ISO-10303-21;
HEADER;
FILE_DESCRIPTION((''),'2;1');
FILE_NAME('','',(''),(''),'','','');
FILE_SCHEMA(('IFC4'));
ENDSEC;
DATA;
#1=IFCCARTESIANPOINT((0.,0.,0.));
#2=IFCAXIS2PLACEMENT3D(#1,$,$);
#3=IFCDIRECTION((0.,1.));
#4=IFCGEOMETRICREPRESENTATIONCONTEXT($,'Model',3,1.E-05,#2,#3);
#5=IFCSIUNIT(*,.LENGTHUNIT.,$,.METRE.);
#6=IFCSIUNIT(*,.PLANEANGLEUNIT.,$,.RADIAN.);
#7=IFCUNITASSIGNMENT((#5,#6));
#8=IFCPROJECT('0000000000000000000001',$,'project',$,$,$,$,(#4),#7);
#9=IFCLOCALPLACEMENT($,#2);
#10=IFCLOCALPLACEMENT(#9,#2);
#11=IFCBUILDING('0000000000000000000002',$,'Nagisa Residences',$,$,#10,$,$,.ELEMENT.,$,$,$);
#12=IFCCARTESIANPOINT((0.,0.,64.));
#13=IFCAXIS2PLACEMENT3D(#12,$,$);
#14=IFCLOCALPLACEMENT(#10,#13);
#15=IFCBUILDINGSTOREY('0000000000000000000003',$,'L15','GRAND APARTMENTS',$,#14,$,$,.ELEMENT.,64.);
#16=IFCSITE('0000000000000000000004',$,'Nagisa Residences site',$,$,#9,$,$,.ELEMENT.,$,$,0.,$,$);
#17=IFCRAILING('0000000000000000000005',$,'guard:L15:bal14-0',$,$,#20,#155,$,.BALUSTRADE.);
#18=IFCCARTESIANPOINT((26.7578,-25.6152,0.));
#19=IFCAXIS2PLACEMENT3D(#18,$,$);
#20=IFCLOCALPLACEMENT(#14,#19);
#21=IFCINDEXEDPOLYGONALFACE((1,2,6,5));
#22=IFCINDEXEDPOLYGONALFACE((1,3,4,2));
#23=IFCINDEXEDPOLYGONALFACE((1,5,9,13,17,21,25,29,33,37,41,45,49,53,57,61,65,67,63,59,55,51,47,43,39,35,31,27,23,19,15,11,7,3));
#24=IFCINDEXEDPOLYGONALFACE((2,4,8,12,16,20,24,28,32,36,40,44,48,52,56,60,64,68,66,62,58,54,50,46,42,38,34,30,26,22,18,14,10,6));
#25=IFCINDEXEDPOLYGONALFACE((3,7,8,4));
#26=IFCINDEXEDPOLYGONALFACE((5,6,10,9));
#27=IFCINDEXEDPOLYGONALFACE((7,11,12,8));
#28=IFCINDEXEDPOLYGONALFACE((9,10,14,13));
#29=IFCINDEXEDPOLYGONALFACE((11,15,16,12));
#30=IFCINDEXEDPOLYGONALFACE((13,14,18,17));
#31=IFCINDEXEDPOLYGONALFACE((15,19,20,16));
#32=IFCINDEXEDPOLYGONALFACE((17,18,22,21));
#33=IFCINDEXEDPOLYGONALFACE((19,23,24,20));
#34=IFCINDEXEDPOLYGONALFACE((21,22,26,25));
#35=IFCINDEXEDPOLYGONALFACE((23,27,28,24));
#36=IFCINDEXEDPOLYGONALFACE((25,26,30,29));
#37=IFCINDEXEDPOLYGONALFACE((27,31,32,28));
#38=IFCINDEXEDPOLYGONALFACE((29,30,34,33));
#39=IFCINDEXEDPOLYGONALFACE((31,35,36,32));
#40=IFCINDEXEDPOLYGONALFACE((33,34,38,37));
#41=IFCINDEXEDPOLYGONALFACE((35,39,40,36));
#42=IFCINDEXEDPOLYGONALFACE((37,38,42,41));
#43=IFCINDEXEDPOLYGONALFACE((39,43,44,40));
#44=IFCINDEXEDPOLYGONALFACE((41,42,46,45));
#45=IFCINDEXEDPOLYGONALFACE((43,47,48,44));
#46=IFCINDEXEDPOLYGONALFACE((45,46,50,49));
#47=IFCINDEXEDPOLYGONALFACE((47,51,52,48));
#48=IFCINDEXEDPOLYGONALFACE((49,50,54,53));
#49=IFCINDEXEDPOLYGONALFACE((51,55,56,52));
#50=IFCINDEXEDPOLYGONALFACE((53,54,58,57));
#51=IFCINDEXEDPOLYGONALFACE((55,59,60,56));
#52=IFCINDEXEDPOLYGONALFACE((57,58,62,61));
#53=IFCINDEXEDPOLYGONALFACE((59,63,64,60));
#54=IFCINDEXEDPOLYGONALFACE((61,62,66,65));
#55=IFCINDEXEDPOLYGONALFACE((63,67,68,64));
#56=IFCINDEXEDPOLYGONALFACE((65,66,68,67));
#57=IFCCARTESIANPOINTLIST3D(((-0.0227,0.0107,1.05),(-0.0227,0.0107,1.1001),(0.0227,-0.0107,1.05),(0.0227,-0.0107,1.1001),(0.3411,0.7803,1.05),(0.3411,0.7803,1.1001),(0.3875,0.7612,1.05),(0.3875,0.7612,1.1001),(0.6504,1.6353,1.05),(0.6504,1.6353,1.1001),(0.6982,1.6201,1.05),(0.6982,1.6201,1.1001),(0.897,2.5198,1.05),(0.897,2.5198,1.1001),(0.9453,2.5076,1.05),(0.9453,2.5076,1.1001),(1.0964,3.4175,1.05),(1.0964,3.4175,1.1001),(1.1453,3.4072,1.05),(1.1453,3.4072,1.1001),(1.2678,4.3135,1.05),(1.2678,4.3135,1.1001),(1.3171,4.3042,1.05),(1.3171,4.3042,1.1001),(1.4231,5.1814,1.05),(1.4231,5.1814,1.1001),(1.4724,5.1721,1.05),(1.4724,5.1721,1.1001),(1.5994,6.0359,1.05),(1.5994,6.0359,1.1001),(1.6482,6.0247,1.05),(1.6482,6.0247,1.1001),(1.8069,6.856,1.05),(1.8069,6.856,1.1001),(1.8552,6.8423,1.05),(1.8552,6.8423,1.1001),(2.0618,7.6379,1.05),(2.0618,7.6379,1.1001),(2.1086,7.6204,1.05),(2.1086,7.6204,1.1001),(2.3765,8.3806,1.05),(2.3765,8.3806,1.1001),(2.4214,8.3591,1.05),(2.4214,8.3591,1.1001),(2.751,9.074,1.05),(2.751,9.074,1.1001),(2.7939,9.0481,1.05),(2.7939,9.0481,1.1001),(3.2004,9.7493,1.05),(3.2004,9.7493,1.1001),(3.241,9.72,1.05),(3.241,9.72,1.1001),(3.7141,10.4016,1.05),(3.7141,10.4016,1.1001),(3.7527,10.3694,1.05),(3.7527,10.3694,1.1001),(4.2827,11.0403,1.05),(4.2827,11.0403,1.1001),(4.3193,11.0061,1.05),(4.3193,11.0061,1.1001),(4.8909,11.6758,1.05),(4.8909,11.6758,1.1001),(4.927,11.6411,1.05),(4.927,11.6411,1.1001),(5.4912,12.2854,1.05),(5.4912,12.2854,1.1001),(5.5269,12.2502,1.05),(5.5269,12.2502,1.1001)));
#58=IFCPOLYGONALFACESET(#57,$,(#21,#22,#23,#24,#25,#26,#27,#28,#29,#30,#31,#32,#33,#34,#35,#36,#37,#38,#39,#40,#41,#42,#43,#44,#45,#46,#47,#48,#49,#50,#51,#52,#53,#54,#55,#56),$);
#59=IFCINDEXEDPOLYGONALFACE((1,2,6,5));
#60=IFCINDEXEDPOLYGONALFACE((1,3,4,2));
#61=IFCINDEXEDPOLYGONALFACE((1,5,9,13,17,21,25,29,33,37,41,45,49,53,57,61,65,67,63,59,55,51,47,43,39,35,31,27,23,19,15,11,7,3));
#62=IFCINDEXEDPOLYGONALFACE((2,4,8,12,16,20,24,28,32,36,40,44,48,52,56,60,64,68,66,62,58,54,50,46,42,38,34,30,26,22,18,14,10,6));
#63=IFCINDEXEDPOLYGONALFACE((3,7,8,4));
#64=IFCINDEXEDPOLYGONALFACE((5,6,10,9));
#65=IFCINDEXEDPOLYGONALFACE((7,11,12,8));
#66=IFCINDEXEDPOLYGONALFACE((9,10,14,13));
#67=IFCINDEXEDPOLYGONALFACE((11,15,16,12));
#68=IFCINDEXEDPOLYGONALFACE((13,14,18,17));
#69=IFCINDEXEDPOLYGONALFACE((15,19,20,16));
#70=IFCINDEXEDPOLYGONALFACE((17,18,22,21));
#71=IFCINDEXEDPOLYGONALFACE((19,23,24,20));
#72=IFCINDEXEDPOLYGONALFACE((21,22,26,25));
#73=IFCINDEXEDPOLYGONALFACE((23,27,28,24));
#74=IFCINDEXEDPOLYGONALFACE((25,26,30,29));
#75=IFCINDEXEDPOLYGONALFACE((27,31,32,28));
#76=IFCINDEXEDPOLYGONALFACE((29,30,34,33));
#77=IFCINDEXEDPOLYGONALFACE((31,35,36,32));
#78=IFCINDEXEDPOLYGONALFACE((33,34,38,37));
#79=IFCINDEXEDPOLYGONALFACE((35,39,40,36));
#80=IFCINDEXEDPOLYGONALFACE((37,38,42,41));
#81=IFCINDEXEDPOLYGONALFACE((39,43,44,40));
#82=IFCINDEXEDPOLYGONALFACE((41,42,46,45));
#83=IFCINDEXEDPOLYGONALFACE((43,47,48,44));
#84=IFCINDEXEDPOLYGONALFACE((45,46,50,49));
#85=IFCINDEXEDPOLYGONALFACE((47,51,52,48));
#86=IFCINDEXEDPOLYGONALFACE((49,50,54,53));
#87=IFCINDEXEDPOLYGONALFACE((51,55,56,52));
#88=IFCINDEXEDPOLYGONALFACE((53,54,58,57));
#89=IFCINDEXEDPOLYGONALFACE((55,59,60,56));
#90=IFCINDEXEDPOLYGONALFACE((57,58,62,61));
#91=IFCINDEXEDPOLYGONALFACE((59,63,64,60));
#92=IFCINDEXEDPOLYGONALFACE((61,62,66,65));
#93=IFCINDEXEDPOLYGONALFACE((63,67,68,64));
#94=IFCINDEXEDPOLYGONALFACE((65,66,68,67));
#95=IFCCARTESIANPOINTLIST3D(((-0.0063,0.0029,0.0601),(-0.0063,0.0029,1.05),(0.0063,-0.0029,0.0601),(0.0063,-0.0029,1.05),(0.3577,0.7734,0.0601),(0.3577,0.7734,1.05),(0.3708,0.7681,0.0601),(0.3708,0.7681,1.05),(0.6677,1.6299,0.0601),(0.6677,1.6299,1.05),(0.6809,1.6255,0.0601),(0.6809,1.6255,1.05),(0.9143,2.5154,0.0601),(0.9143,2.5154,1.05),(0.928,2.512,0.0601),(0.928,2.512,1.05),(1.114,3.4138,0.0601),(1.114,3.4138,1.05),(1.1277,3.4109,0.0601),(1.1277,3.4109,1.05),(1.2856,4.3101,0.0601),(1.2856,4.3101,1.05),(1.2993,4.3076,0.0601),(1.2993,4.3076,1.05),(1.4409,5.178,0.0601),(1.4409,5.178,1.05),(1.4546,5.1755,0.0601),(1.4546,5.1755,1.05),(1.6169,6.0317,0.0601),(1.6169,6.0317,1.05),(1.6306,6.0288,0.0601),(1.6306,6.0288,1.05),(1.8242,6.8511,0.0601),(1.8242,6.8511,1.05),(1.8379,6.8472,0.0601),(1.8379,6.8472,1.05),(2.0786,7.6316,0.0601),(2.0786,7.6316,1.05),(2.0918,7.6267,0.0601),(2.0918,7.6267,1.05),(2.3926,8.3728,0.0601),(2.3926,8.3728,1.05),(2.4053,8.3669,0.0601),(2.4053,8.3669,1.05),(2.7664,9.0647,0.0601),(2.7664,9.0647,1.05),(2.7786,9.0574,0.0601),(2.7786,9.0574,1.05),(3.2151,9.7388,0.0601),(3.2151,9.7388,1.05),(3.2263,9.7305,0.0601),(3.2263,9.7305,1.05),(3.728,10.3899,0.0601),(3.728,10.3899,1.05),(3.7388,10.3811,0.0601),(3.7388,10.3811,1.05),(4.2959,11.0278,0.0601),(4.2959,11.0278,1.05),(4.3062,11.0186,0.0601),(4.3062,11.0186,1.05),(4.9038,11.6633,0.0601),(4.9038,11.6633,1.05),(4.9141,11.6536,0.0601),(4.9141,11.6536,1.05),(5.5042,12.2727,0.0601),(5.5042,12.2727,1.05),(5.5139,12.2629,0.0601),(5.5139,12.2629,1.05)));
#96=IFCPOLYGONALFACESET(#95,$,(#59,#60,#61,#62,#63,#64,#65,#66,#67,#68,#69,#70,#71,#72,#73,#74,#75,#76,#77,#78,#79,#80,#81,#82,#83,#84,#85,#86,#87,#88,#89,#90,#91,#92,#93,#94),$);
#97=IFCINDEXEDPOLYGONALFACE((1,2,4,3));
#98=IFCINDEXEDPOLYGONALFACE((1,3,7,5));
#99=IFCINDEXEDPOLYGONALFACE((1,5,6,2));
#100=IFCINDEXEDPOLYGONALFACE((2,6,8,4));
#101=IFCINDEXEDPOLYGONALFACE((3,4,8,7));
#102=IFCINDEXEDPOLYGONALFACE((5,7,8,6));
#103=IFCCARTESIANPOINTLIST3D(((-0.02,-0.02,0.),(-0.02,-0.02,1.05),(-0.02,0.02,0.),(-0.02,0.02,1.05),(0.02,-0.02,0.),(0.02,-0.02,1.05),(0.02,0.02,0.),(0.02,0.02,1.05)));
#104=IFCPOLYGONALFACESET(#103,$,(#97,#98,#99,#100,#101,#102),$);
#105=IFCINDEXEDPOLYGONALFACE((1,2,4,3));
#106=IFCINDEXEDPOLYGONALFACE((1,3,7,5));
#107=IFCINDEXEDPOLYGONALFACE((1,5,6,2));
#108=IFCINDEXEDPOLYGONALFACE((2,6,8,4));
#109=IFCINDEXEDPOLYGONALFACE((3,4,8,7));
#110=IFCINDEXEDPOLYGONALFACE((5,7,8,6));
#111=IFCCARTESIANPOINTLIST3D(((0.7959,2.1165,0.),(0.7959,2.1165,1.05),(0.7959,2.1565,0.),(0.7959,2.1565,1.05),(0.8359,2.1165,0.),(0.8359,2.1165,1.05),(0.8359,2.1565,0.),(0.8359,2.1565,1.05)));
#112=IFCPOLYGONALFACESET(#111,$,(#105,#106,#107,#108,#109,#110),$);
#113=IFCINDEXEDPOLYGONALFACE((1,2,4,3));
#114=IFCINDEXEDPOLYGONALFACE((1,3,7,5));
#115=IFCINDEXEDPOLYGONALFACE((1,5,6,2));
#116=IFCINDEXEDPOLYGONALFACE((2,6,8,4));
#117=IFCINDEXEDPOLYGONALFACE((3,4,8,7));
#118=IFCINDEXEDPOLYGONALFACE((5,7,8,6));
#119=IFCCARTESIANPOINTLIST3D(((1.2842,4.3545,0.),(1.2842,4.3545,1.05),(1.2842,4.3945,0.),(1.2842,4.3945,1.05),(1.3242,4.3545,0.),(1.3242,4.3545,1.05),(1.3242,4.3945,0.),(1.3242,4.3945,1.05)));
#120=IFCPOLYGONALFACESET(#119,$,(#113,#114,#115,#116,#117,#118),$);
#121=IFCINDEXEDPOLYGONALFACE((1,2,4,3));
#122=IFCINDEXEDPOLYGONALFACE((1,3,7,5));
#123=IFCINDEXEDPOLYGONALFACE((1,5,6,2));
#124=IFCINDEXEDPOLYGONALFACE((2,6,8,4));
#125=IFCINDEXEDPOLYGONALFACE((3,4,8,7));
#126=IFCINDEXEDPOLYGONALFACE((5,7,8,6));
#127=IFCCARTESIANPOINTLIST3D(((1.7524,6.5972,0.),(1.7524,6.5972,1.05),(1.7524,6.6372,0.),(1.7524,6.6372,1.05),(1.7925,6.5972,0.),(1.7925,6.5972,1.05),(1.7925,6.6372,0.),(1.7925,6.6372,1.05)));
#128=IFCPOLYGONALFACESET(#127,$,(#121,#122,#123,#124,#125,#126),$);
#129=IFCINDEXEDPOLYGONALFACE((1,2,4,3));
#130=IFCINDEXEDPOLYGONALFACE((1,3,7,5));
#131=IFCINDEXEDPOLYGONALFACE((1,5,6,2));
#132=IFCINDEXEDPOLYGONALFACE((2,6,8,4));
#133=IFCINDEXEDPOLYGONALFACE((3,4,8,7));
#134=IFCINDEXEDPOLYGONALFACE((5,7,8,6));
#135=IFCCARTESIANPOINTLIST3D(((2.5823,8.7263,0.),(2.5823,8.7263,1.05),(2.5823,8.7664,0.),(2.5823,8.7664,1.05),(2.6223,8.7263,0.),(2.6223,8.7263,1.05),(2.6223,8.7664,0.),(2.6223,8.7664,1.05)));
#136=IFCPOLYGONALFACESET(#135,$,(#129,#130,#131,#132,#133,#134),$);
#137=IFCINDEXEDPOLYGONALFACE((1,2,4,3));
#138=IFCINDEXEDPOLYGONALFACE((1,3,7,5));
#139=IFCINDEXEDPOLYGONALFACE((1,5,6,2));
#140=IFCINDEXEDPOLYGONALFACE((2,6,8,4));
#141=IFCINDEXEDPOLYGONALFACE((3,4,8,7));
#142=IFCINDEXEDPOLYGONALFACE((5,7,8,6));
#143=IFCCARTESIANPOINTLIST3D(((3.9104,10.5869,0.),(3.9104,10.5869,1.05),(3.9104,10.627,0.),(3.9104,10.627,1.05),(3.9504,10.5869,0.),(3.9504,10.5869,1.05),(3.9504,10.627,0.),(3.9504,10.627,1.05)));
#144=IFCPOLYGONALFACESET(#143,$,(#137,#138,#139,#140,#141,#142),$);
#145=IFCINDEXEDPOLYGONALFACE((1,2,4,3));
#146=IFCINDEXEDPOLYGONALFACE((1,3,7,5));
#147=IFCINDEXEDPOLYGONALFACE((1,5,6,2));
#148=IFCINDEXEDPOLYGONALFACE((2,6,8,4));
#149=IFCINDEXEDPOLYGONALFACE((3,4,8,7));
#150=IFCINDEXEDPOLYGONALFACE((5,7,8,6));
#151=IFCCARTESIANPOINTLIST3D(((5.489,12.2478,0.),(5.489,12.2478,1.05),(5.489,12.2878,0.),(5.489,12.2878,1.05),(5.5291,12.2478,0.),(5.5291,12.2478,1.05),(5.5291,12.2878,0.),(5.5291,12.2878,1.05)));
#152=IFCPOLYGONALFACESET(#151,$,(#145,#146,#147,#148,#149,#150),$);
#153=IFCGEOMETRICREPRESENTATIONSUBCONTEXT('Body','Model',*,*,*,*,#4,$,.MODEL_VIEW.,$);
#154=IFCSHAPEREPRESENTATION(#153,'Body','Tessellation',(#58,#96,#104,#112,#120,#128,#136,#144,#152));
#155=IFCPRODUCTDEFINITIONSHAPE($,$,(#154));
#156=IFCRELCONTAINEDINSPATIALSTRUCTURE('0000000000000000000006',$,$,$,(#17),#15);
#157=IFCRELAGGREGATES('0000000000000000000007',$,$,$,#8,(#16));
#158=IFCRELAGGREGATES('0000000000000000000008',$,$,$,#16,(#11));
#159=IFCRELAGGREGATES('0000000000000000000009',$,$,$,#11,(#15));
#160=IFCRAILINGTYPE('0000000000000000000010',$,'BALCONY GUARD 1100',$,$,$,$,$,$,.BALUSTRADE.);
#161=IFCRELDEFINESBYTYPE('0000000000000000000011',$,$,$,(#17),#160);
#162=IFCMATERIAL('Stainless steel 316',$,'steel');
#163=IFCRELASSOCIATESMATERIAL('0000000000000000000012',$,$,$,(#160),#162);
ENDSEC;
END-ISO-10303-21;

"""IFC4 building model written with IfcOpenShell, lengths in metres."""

from ifc_helpers import new_model, si_unit, direction, frame, origin, origin_2d, place, context, subcontext, project, spatial, polyline, rectangle, outline, extrude, material, type_object, element, save


model = new_model("IFC4")

# Units and contexts
model_context = context("Model", 3, precision=1e-05, world=origin(), true_north=direction((0.0, 1.0)))
body_context = subcontext(model_context, "Body", "Model", "MODEL_VIEW")
ifc_project = project(units=[si_unit("LENGTHUNIT", "METRE"), si_unit("PLANEANGLEUNIT", "RADIAN")], contexts=[model_context])

# Site, building, storey
site_placement = place(None, origin())
site = spatial("IfcSite", under=ifc_project, at=site_placement, Name="Nagisa Residences site", CompositionType="ELEMENT", RefElevation=0.0)
building_placement = place(site_placement, origin())
building = spatial("IfcBuilding", under=site, at=building_placement, Name="Nagisa Residences", CompositionType="ELEMENT")
storey_placement = place(building_placement, frame((0.0, 0.0, 64.0)))
storey = spatial("IfcBuildingStorey", under=building, at=storey_placement, Name="L15", Description="GRAND APARTMENTS", CompositionType="ELEMENT", Elevation=64.0)

# Railing
ifc_material_1 = material(Name="Stainless steel 316", Category="steel")
railing_type = type_object("IfcRailingType", Name="BALCONY GUARD 1100", PredefinedType="BALUSTRADE", material=ifc_material_1)
railing_1_placement = place(storey_placement, frame((26.7578, -25.6152, 0.0)))
element("IfcRailing", 1, at=railing_1_placement, inside=storey, type_object=railing_type, Name="guard:L15:bal14-0", PredefinedType="BALUSTRADE", context=body_context, shape_type="SweptSolid", body=[
    extrude(outline(polyline([(0.3411, 0.7803), (-0.0227, 0.0107), (0.0227, -0.0107), (0.3875, 0.7612), (0.6982, 1.6201), (0.9453, 2.5076), (1.1453, 3.4072), (1.3171, 4.3042), (1.4724, 5.1721), (1.6482, 6.0247), (1.8552, 6.8423), (2.1086, 7.6204), (2.4214, 8.3591), (2.7939, 9.0481), (3.241, 9.72), (3.7527, 10.3694), (4.3193, 11.0061), (4.927, 11.6411), (5.5269, 12.2502), (5.4912, 12.2854), (4.8909, 11.6758), (4.2827, 11.0403), (3.7141, 10.4016), (3.2004, 9.7493), (2.751, 9.074), (2.3765, 8.3806), (2.0618, 7.6379), (1.8069, 6.856), (1.5994, 6.0359), (1.4231, 5.1814), (1.2678, 4.3135), (1.0964, 3.4175), (0.897, 2.5198), (0.6504, 1.6353), (0.3411, 0.7803)])), frame((0.0, 0.0, 1.05)), (0.0, 0.0, 1.0), 0.05),
    extrude(outline(polyline([(0.3577, 0.7734), (-0.0063, 0.0029), (0.0063, -0.0029), (0.3708, 0.7681), (0.6809, 1.6255), (0.928, 2.512), (1.1277, 3.4109), (1.2993, 4.3076), (1.4546, 5.1755), (1.6306, 6.0288), (1.8379, 6.8472), (2.0918, 7.6267), (2.4053, 8.3669), (2.7786, 9.0574), (3.2263, 9.7305), (3.7388, 10.3811), (4.3062, 11.0186), (4.9141, 11.6536), (5.5139, 12.2629), (5.5042, 12.2727), (4.9038, 11.6633), (4.2959, 11.0278), (3.728, 10.3899), (3.2151, 9.7388), (2.7664, 9.0647), (2.3926, 8.3728), (2.0786, 7.6316), (1.8242, 6.8511), (1.6169, 6.0317), (1.4409, 5.178), (1.2856, 4.3101), (1.114, 3.4138), (0.9143, 2.5154), (0.6677, 1.6299), (0.3577, 0.7734)])), frame((0.0, 0.0, 0.0601)), (0.0, 0.0, 1.0), 0.99),
    extrude(rectangle(XDim=0.04, YDim=0.04, at=origin_2d()), origin(), (0.0, 0.0, 1.0), 1.05),
    extrude(rectangle(XDim=0.04, YDim=0.04, at=origin_2d()), frame((0.8159, 2.1365, 0.0)), (0.0, 0.0, 1.0), 1.05),
    extrude(rectangle(XDim=0.04, YDim=0.04, at=origin_2d()), frame((1.3042, 4.3745, 0.0)), (0.0, 0.0, 1.0), 1.05),
    extrude(rectangle(XDim=0.04, YDim=0.04, at=origin_2d()), frame((1.7725, 6.6172, 0.0)), (0.0, 0.0, 1.0), 1.05),
    extrude(rectangle(XDim=0.04, YDim=0.04, at=origin_2d()), frame((2.6023, 8.7463, 0.0)), (0.0, 0.0, 1.0), 1.05),
    extrude(rectangle(XDim=0.04, YDim=0.04, at=origin_2d()), frame((3.9304, 10.6069, 0.0)), (0.0, 0.0, 1.0), 1.05),
    extrude(rectangle(XDim=0.04, YDim=0.04, at=origin_2d()), frame((5.509, 12.2678, 0.0)), (0.0, 0.0, 1.0), 1.05),
])

save(model, "model.ifc")
